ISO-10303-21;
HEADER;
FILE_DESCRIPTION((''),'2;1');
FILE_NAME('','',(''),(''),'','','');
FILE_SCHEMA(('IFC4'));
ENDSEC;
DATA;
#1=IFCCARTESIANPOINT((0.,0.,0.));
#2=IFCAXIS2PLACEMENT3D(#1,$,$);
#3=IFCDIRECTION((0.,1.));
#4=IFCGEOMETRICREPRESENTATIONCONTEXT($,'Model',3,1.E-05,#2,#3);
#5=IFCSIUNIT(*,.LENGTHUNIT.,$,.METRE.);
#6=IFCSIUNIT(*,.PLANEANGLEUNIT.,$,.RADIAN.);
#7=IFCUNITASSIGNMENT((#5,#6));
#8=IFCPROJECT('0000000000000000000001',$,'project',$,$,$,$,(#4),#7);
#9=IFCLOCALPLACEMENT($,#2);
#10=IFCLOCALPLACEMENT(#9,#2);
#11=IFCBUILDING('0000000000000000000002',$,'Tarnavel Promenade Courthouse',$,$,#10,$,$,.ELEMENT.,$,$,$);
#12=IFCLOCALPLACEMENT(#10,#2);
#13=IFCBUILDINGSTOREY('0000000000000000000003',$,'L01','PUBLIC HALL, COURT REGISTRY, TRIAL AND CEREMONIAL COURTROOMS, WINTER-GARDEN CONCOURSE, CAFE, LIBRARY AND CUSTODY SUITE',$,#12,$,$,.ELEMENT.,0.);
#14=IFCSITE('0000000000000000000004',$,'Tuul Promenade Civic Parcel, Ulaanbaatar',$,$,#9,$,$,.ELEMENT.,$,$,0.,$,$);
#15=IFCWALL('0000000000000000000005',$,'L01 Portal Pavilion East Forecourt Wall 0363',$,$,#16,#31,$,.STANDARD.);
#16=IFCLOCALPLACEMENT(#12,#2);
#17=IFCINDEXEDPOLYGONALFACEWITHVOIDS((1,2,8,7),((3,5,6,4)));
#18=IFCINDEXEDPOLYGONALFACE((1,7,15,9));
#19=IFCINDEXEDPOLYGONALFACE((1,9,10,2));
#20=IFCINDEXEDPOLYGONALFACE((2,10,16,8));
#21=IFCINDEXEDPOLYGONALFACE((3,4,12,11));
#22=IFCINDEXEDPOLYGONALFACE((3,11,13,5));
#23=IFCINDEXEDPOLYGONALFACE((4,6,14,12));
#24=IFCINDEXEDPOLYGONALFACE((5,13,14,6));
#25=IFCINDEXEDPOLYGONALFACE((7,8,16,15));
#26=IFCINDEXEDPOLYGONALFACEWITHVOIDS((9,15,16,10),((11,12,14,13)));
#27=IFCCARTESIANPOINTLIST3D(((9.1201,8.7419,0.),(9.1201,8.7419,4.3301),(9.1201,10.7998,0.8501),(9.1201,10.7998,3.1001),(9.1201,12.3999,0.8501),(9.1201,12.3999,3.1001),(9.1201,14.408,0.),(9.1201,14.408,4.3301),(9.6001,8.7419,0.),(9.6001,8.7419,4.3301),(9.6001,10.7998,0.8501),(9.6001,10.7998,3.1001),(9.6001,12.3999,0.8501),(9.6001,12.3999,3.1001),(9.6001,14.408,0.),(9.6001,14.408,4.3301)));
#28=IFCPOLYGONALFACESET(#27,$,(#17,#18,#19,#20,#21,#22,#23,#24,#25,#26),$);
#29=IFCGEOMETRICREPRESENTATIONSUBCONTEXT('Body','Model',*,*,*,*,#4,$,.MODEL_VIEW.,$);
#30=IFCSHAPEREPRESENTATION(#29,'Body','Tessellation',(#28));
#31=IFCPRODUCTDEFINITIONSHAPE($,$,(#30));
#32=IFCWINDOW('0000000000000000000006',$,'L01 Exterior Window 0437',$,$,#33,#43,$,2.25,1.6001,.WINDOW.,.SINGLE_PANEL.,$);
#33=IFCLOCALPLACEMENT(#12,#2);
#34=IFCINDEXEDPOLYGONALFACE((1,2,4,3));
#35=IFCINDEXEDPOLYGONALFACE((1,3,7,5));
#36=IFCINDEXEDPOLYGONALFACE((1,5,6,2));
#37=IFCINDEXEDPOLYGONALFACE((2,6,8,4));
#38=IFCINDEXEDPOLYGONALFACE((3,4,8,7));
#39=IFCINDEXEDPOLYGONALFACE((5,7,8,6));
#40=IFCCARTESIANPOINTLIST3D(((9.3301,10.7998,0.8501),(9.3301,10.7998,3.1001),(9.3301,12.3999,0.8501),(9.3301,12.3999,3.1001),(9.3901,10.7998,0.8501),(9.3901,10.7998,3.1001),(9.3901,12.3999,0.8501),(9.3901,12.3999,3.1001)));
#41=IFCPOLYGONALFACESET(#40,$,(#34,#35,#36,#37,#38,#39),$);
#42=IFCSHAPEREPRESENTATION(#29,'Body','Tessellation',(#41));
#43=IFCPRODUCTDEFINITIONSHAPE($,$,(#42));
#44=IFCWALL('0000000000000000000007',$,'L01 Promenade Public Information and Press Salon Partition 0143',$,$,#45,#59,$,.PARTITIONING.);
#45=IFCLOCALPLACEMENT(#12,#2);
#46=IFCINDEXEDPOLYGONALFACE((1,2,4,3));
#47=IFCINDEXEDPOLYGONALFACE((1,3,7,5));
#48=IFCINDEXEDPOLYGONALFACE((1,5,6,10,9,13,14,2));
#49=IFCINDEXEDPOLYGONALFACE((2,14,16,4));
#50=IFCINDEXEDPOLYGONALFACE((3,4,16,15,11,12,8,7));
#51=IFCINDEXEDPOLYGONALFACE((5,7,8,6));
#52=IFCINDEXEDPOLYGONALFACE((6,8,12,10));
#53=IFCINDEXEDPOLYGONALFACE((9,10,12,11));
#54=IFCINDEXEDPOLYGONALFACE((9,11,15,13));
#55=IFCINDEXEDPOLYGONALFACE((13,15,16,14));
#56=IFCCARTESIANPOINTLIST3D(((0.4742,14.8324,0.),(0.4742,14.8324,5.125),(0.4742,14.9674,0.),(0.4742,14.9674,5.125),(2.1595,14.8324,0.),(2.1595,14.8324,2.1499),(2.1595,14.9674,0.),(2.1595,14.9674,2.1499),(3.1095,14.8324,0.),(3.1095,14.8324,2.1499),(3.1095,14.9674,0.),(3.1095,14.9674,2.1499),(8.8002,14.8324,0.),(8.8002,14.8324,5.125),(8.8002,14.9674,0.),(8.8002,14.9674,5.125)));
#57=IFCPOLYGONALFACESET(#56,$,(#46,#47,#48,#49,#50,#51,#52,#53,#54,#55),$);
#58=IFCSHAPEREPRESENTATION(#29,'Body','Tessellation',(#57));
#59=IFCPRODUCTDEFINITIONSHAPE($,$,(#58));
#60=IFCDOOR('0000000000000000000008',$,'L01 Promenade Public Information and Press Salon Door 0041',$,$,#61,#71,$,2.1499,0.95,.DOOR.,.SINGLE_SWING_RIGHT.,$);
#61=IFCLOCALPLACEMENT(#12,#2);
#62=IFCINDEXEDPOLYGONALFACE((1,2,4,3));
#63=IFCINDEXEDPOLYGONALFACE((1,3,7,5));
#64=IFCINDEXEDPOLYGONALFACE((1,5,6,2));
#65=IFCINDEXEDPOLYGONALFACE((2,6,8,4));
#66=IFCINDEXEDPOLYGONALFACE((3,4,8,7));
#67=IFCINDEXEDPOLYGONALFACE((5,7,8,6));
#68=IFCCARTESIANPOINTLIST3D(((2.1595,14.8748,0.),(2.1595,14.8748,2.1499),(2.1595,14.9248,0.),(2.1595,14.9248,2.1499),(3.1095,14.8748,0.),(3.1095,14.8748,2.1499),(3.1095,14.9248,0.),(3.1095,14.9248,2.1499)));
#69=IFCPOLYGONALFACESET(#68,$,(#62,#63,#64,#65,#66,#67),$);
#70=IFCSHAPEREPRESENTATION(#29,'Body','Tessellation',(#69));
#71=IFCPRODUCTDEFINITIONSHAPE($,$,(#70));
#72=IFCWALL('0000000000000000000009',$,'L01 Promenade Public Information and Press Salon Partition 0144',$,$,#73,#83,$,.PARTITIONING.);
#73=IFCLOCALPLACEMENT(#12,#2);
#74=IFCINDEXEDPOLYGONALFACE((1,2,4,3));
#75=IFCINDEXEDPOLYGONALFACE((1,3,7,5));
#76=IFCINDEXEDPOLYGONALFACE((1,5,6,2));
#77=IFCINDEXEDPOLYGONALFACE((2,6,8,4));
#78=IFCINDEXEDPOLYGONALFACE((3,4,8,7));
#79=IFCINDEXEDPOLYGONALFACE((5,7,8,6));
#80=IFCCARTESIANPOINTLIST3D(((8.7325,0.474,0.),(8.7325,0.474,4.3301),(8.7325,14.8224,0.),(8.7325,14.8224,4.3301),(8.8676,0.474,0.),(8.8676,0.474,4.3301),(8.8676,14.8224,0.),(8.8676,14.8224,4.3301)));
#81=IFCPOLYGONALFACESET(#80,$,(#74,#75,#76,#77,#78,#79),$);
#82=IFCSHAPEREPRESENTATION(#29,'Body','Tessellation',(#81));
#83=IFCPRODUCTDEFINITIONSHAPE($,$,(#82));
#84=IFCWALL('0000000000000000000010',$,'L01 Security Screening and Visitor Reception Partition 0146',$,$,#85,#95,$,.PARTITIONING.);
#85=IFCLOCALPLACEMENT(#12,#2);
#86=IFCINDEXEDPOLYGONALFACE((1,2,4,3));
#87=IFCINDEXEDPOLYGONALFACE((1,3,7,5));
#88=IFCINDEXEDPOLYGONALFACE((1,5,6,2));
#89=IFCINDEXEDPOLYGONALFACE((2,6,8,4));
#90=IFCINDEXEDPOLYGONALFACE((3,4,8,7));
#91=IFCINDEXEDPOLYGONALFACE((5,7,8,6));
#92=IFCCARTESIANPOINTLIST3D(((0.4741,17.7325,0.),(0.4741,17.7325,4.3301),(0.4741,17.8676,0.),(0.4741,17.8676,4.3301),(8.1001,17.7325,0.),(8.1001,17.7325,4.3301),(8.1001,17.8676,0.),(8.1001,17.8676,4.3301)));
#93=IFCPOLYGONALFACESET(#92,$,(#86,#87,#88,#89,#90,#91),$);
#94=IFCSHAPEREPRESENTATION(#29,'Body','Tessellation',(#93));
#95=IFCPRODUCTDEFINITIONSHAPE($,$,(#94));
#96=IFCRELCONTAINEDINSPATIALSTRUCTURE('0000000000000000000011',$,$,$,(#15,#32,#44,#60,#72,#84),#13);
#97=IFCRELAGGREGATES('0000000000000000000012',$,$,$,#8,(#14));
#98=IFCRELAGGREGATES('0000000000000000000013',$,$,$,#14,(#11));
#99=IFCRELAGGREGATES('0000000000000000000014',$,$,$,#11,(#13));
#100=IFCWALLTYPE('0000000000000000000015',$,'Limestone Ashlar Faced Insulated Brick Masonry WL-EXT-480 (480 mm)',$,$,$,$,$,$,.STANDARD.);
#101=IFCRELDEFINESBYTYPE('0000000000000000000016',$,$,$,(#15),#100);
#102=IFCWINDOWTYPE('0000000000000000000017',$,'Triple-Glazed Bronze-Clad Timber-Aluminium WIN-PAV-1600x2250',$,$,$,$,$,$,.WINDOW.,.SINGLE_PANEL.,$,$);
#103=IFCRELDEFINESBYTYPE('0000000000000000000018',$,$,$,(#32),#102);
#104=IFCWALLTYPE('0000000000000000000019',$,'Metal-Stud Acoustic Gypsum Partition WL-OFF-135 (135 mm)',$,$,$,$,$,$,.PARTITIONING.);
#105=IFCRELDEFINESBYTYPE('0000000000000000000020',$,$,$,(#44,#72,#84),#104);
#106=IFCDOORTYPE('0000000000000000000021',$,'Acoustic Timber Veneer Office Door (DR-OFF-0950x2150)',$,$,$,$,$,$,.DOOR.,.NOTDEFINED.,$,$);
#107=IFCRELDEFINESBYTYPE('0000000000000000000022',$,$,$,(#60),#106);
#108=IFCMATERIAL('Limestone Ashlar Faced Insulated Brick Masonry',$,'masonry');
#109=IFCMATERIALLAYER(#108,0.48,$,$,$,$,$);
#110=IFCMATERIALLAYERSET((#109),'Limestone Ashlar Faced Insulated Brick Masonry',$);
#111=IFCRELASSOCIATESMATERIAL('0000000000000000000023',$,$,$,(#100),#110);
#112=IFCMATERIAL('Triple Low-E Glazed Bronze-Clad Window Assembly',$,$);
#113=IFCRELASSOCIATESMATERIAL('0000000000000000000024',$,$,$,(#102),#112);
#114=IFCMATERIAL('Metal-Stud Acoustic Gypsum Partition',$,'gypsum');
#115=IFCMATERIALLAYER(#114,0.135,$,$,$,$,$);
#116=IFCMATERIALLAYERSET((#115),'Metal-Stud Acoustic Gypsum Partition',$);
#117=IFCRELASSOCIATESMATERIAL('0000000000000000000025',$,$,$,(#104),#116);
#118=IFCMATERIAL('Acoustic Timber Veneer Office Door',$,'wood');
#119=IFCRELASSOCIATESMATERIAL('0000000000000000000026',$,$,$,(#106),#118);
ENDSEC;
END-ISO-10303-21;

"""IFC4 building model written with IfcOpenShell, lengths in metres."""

from ifc_helpers import new_model, si_unit, direction, frame, frame_2d, origin, place, context, subcontext, project, spatial, rectangle, extrude, material, layer, layer_set, type_object, element, fill, save


model = new_model("IFC4")

# Units and contexts
model_context = context("Model", 3, precision=1e-05, world=origin(), true_north=direction((0.0, 1.0)))
body_context = subcontext(model_context, "Body", "Model", "MODEL_VIEW")
ifc_project = project(units=[si_unit("LENGTHUNIT", "METRE"), si_unit("PLANEANGLEUNIT", "RADIAN")], contexts=[model_context])

# Site, building, storey
site_placement = place(None, origin())
site = spatial("IfcSite", under=ifc_project, at=site_placement, Name="Tuul Promenade Civic Parcel, Ulaanbaatar", CompositionType="ELEMENT", RefElevation=0.0)
building_placement = place(site_placement, origin())
building = spatial("IfcBuilding", under=site, at=building_placement, Name="Tarnavel Promenade Courthouse", CompositionType="ELEMENT")
storey_placement = place(building_placement, origin())
storey = spatial("IfcBuildingStorey", under=building, at=storey_placement, Name="L01", Description="PUBLIC HALL, COURT REGISTRY, TRIAL AND CEREMONIAL COURTROOMS, WINTER-GARDEN CONCOURSE, CAFE, LIBRARY AND CUSTODY SUITE", CompositionType="ELEMENT", Elevation=0.0)

# Wall, opening, window
ifc_material_1 = material(Name="Limestone Ashlar Faced Insulated Brick Masonry", Category="masonry")
ifc_layer_1 = layer(ifc_material_1, 0.48)
ifc_layer_set_1 = layer_set([ifc_layer_1], Name="Limestone Ashlar Faced Insulated Brick Masonry")
wall_type_1 = type_object("IfcWallType", Name="Limestone Ashlar Faced Insulated Brick Masonry WL-EXT-480 (480 mm)", PredefinedType="STANDARD", material=ifc_layer_set_1)
ifc_material_2 = material(Name="Triple Low-E Glazed Bronze-Clad Window Assembly")
window_type = type_object("IfcWindowType", Name="Triple-Glazed Bronze-Clad Timber-Aluminium WIN-PAV-1600x2250", PartitioningType="SINGLE_PANEL", PredefinedType="WINDOW", material=ifc_material_2)
wall_1_placement = place(storey_placement, frame((9.3601, 14.408, 0.0), z_axis=(0.0, 0.0, 1.0), x_axis=(0.0, -1.0, 0.0)))
wall_1 = element("IfcWall", 1, at=wall_1_placement, inside=storey, type_object=wall_type_1, Name="L01 Portal Pavilion East Forecourt Wall 0363", PredefinedType="STANDARD", context=body_context, shape_type="SweptSolid", body=[
    extrude(rectangle(XDim=5.666, YDim=0.48, at=frame_2d((2.833, 0.0))), origin(), (0.0, 0.0, 1.0), 4.3301),
])
opening_1_placement = place(wall_1_placement, frame((2.0081, 0.0, 0.8501)))
opening_1 = element("IfcOpeningElement", 2, at=opening_1_placement, cuts=wall_1, PredefinedType="OPENING", context=body_context, shape_type="SweptSolid", body=[
    extrude(rectangle(XDim=1.6001, YDim=2.25, at=frame_2d((0.8, 1.125))), frame((0.0, 0.25, 0.0), z_axis=(0.0, -1.0, 0.0), x_axis=(1.0, 0.0, 0.0)), (0.0, 0.0, 1.0), 0.5),
])
window_1_placement = place(opening_1_placement, origin())
window_1 = element("IfcWindow", 3, at=window_1_placement, inside=storey, type_object=window_type, Name="L01 Exterior Window 0437", OverallHeight=2.25, OverallWidth=1.6001, PartitioningType="SINGLE_PANEL", PredefinedType="WINDOW", context=body_context, shape_type="SweptSolid", body=[
    extrude(rectangle(XDim=1.6001, YDim=2.25, at=frame_2d((0.8, 1.125))), frame((0.0, 0.03, 0.0), z_axis=(0.0, -1.0, 0.0), x_axis=(1.0, 0.0, 0.0)), (0.0, 0.0, 1.0), 0.0601),
])
fill(opening_1, window_1)

# Wall, opening, door
ifc_material_3 = material(Name="Metal-Stud Acoustic Gypsum Partition", Category="gypsum")
ifc_layer_2 = layer(ifc_material_3, 0.135)
ifc_layer_set_2 = layer_set([ifc_layer_2], Name="Metal-Stud Acoustic Gypsum Partition")
wall_type_2 = type_object("IfcWallType", Name="Metal-Stud Acoustic Gypsum Partition WL-OFF-135 (135 mm)", PredefinedType="PARTITIONING", material=ifc_layer_set_2)
wall_2_placement = place(storey_placement, frame((0.4741, 14.8999, 0.0), z_axis=(0.0, 0.0, 1.0), x_axis=(1.0, 0.0, 0.0)))
wall_2 = element("IfcWall", 4, at=wall_2_placement, inside=storey, type_object=wall_type_2, Name="L01 Promenade Public Information and Press Salon Partition 0143", PredefinedType="PARTITIONING", context=body_context, shape_type="SweptSolid", body=[
    extrude(rectangle(XDim=8.3259, YDim=0.135, at=frame_2d((4.1631, 0.0))), origin(), (0.0, 0.0, 1.0), 5.125),
])
opening_2_placement = place(wall_2_placement, frame((1.6853, 0.0, 0.0)))
opening_2 = element("IfcOpeningElement", 5, at=opening_2_placement, cuts=wall_2, PredefinedType="OPENING", context=body_context, shape_type="SweptSolid", body=[
    extrude(rectangle(XDim=0.95, YDim=2.1499, at=frame_2d((0.4751, 1.075))), frame((0.0, 0.0774, 0.0), z_axis=(0.0, -1.0, 0.0), x_axis=(1.0, 0.0, 0.0)), (0.0, 0.0, 1.0), 0.155),
])
ifc_material_4 = material(Name="Acoustic Timber Veneer Office Door", Category="wood")
door_type = type_object("IfcDoorType", Name="Acoustic Timber Veneer Office Door (DR-OFF-0950x2150)", OperationType="NOTDEFINED", PredefinedType="DOOR", material=ifc_material_4)
door_placement = place(opening_2_placement, origin())
door = element("IfcDoor", 6, at=door_placement, inside=storey, type_object=door_type, Name="L01 Promenade Public Information and Press Salon Door 0041", OperationType="SINGLE_SWING_RIGHT", OverallHeight=2.1499, OverallWidth=0.95, PredefinedType="DOOR", context=body_context, shape_type="SweptSolid", body=[
    extrude(rectangle(XDim=0.95, YDim=2.1499, at=frame_2d((0.4751, 1.075))), frame((0.0, 0.0249, 0.0), z_axis=(0.0, -1.0, 0.0), x_axis=(1.0, 0.0, 0.0)), (0.0, 0.0, 1.0), 0.05),
])
fill(opening_2, door)

# Walls
wall_3_placement = place(storey_placement, frame((8.8, 14.8225, 0.0), z_axis=(0.0, 0.0, 1.0), x_axis=(0.0, -1.0, 0.0)))
element("IfcWall", 7, at=wall_3_placement, inside=storey, type_object=wall_type_2, Name="L01 Promenade Public Information and Press Salon Partition 0144", PredefinedType="PARTITIONING", context=body_context, shape_type="SweptSolid", body=[
    extrude(rectangle(XDim=14.3484, YDim=0.135, at=frame_2d((7.1743, 0.0))), origin(), (0.0, 0.0, 1.0), 4.3301),
])
wall_4_placement = place(storey_placement, frame((8.1001, 17.8, 0.0), z_axis=(0.0, 0.0, 1.0), x_axis=(-1.0, 0.0, 0.0)))
element("IfcWall", 8, at=wall_4_placement, inside=storey, type_object=wall_type_2, Name="L01 Security Screening and Visitor Reception Partition 0146", PredefinedType="PARTITIONING", context=body_context, shape_type="SweptSolid", body=[
    extrude(rectangle(XDim=7.626, YDim=0.135, at=frame_2d((3.813, 0.0))), origin(), (0.0, 0.0, 1.0), 4.3301),
])

save(model, "model.ifc")
